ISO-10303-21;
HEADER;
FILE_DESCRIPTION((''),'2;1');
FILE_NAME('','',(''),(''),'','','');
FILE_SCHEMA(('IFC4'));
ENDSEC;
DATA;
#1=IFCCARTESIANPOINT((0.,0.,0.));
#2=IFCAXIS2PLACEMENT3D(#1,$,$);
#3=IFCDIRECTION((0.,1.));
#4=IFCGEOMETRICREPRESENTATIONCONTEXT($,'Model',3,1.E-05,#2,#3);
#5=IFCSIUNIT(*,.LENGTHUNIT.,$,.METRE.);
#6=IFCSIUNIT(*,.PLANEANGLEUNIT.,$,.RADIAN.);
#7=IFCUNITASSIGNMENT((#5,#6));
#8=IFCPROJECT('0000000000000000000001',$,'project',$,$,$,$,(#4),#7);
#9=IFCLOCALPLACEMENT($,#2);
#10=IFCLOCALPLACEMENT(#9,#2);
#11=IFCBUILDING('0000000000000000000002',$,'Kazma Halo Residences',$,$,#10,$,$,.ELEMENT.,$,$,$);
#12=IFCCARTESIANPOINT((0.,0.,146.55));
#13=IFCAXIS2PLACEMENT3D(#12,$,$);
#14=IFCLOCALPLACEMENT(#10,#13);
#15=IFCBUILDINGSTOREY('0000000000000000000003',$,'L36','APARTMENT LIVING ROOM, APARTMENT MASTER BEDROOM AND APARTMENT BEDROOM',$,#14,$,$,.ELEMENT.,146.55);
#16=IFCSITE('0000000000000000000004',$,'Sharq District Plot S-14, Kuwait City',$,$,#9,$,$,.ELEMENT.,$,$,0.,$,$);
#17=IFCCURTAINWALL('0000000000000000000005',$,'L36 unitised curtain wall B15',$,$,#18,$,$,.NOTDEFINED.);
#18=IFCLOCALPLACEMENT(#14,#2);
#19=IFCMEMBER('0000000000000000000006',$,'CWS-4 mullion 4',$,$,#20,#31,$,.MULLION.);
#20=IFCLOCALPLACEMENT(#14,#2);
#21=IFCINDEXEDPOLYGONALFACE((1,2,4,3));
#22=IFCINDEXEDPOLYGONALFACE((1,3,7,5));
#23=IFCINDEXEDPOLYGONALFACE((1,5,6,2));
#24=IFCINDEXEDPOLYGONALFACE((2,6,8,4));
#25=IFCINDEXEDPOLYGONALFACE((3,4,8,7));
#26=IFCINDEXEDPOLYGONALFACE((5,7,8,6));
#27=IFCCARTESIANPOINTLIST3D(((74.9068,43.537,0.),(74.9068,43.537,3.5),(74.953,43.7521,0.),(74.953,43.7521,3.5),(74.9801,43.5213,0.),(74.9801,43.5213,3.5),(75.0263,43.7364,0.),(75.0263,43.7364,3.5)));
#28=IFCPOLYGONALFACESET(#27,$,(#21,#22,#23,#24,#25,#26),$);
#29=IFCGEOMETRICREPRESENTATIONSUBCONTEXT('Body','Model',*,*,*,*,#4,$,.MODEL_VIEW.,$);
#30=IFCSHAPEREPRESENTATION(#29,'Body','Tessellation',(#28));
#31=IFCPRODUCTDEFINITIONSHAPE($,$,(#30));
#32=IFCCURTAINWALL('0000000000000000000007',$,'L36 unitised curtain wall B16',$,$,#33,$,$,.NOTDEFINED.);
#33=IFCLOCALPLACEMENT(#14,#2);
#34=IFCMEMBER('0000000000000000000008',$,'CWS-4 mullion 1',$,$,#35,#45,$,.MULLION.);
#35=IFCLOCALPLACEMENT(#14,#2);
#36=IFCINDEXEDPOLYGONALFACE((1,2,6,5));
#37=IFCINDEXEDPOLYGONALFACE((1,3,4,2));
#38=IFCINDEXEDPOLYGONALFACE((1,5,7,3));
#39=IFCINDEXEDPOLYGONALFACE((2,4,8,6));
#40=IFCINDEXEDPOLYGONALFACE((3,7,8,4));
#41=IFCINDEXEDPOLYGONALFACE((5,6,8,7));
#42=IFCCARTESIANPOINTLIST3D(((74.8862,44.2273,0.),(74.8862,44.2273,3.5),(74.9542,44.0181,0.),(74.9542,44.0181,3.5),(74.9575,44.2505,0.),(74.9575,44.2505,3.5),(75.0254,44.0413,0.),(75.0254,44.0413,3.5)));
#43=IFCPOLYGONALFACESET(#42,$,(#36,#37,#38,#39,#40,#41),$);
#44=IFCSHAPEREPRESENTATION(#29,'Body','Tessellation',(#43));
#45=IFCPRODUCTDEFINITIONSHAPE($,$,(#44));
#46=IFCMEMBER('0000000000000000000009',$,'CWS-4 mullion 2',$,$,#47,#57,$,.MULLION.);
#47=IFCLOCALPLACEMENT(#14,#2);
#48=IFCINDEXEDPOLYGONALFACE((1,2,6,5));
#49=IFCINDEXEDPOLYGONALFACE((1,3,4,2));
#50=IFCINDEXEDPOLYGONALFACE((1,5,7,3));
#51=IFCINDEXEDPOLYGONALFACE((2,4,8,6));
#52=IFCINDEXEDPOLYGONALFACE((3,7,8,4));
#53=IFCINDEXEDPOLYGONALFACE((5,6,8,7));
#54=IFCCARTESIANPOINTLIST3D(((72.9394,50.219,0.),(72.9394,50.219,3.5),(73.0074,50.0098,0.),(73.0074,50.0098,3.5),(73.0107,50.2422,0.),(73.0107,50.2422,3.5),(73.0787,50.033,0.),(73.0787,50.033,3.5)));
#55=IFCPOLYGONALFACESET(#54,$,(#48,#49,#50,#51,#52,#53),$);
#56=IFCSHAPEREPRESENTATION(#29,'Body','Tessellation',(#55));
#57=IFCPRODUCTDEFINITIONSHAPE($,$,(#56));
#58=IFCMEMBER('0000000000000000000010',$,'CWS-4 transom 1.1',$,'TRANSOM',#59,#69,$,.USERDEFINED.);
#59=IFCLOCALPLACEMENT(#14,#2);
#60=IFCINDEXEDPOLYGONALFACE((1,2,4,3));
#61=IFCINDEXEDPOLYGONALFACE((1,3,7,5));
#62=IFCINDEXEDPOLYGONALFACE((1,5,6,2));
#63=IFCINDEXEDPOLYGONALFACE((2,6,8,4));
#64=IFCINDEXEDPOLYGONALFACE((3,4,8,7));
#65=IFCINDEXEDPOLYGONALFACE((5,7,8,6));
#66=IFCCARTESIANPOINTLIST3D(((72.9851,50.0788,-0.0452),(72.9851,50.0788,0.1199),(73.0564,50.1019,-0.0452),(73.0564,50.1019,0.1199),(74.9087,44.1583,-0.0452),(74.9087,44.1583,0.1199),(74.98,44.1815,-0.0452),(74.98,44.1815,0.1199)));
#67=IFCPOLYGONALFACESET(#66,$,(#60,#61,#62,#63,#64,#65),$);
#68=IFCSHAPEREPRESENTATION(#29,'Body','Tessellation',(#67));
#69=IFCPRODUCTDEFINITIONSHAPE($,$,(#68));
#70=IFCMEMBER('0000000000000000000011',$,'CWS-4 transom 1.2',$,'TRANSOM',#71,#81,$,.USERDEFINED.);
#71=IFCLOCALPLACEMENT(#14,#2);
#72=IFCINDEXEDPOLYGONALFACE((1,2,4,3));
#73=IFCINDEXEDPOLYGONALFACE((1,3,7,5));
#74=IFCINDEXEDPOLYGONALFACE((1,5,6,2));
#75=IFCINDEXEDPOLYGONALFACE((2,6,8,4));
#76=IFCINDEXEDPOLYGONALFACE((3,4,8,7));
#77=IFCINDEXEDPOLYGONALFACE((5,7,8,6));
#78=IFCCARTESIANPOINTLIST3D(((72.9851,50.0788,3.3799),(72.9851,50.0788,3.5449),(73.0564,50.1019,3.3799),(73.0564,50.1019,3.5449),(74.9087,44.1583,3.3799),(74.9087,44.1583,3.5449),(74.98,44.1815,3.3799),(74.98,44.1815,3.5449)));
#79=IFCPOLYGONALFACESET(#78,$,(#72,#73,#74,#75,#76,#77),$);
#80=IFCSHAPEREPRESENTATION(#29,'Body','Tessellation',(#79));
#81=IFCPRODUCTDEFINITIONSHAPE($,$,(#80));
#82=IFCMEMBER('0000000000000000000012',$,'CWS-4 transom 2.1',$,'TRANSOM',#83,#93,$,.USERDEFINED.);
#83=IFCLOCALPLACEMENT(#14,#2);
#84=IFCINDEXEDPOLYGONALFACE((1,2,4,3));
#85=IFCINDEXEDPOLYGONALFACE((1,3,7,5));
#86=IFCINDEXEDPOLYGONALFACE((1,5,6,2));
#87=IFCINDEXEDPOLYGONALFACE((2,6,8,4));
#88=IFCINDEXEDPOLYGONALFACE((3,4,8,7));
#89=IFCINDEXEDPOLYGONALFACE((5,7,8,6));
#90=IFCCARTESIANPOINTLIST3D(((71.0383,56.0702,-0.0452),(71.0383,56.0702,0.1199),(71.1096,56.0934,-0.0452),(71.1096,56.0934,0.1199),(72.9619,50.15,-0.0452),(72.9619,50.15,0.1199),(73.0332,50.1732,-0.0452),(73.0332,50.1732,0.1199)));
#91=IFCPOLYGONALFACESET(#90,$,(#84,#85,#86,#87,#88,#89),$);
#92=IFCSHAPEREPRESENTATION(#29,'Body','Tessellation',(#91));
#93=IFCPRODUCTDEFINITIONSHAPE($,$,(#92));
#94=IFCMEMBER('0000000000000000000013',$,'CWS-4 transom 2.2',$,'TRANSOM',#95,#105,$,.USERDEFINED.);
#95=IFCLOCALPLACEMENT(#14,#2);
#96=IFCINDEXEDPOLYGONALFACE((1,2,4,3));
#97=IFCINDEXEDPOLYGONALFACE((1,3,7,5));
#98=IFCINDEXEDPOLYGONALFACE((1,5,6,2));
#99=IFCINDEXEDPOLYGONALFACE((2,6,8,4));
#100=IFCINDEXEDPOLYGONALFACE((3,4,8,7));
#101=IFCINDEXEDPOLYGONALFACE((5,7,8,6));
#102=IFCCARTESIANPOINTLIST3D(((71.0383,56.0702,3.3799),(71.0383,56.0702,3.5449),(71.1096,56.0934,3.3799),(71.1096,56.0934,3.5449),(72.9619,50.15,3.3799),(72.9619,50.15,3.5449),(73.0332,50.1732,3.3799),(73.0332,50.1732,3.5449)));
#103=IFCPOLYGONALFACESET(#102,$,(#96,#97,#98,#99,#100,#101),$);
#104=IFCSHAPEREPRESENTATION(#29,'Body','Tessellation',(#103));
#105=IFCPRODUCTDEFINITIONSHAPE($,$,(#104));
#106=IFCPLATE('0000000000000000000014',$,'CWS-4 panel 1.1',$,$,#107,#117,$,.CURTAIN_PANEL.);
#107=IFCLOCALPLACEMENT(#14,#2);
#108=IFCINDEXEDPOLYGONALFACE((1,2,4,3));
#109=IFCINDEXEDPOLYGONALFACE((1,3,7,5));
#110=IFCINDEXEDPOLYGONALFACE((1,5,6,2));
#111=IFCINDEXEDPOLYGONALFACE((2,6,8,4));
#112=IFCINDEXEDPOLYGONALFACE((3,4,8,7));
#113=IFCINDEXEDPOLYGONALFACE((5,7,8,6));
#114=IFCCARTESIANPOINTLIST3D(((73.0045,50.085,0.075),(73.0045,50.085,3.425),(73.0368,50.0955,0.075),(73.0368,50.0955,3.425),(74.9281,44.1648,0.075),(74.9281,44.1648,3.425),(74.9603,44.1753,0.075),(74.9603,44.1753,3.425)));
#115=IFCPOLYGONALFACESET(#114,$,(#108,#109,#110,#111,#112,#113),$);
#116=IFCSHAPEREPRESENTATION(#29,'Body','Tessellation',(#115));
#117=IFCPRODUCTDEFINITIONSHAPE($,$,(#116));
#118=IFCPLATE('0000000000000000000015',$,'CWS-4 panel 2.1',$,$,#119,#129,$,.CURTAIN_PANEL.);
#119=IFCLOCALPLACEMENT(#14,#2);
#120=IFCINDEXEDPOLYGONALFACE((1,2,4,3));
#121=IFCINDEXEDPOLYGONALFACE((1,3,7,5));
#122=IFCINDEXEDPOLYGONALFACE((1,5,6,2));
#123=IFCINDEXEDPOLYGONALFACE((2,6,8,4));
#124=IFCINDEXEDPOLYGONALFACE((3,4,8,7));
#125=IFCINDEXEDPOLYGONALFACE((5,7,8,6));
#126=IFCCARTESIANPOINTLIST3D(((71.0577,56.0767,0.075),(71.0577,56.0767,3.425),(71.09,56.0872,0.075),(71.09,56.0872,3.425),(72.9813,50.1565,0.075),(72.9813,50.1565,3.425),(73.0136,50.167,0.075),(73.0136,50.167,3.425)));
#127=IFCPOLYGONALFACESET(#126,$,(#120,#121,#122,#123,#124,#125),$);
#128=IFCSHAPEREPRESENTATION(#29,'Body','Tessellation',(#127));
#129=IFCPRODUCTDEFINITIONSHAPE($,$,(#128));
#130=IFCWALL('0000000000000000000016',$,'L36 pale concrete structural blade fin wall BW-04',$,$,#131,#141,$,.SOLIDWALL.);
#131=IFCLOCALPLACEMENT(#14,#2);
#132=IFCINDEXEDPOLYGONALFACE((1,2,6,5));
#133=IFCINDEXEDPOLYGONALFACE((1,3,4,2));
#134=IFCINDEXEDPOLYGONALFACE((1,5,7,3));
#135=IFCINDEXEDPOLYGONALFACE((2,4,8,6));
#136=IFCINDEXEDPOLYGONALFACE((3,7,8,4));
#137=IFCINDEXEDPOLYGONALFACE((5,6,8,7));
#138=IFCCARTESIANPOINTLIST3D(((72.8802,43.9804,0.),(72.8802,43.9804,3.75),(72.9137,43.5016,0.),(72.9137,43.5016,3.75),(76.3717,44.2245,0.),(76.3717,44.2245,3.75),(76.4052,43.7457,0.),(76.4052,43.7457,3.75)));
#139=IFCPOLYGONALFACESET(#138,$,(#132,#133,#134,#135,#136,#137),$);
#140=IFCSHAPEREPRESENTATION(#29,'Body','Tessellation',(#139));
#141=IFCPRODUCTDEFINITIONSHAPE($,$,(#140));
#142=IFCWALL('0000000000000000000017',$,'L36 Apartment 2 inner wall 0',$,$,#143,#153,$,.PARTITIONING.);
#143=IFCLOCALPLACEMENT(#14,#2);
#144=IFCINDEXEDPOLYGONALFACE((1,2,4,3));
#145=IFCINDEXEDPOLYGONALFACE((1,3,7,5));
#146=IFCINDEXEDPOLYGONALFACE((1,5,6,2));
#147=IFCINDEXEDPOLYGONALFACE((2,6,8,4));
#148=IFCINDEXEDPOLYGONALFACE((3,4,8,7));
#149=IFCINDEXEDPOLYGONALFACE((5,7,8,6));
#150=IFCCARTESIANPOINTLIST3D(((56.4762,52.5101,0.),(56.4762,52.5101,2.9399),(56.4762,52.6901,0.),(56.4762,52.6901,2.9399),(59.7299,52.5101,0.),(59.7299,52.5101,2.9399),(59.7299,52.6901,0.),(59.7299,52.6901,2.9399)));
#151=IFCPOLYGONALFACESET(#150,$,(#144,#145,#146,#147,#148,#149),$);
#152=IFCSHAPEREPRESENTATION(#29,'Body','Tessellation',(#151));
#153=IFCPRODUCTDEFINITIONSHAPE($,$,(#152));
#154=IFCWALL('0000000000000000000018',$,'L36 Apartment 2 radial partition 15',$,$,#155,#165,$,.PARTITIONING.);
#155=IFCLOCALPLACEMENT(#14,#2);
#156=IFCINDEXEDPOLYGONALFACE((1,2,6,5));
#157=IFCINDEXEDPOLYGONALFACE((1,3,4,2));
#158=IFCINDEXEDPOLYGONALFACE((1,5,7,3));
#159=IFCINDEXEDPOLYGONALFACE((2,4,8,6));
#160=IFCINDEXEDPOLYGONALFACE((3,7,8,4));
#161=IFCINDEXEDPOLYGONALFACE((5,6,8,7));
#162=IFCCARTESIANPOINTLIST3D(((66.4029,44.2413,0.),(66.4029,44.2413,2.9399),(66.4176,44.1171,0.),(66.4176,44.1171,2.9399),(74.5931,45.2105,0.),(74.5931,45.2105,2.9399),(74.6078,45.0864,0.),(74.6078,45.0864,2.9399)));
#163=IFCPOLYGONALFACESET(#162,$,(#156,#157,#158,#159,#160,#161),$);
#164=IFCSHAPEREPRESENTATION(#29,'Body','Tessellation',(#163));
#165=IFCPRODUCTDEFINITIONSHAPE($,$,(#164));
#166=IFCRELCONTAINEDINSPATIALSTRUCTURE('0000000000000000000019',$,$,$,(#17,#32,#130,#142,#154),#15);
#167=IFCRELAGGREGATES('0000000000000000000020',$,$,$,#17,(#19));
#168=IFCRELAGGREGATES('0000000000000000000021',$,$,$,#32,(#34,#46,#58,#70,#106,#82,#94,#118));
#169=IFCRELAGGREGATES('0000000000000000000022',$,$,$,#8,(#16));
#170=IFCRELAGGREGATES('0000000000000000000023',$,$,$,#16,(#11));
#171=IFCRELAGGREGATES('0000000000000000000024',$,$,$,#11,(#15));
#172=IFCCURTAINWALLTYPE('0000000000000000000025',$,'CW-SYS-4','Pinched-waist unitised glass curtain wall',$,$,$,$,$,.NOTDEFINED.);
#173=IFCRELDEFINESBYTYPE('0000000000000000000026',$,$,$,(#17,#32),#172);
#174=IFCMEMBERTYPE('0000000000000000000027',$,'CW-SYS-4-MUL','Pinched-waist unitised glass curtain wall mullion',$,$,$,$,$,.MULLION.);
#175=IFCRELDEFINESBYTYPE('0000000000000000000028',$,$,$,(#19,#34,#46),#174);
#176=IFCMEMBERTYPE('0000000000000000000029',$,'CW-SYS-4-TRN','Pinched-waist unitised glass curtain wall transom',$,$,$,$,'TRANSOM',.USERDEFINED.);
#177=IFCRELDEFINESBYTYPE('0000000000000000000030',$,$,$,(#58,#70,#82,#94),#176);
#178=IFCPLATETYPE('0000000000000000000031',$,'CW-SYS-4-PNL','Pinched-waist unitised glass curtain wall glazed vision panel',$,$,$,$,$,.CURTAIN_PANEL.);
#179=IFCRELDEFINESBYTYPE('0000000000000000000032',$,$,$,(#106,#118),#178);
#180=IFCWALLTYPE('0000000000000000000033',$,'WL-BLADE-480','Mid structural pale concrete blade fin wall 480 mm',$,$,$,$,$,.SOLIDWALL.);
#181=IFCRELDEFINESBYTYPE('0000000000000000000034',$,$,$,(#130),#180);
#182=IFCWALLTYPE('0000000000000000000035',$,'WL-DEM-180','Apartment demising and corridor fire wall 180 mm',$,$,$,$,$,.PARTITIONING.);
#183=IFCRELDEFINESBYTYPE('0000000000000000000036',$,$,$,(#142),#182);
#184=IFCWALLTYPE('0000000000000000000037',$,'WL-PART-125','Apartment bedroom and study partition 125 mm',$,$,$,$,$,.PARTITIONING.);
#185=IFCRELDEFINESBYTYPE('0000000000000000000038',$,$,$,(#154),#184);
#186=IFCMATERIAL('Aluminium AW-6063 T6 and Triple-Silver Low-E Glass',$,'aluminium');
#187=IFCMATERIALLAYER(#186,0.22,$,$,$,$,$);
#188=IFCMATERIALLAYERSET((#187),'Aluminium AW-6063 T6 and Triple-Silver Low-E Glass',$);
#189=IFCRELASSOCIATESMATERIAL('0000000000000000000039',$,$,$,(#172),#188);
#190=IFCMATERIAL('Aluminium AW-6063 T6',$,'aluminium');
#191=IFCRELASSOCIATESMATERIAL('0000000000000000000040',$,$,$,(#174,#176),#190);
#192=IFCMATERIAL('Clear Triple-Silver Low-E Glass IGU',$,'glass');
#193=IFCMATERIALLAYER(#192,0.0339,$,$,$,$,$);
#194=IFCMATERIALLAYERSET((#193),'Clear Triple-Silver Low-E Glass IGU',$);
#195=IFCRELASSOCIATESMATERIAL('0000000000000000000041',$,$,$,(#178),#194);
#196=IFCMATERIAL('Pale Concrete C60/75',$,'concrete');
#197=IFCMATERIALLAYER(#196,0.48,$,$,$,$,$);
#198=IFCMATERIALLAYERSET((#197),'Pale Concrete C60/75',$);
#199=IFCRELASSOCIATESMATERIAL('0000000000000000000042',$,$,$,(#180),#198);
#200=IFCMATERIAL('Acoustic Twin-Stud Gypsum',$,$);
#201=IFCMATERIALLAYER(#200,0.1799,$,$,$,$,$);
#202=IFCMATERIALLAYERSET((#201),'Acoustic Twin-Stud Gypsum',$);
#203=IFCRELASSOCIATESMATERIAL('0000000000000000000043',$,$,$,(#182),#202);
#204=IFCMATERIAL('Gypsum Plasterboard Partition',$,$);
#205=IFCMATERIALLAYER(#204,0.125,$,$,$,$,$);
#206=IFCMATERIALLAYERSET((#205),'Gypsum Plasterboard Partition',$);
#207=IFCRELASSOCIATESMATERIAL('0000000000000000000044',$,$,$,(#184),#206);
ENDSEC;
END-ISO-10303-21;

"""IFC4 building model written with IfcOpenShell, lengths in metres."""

from ifc_helpers import new_model, si_unit, direction, frame, frame_2d, origin, origin_2d, place, context, subcontext, project, spatial, rectangle, extrude, material, layer, layer_set, material_profile, profile_set, type_object, element, aggregate, save


model = new_model("IFC4")

# Units and contexts
model_context = context("Model", 3, precision=1e-05, world=origin(), true_north=direction((0.0, 1.0)))
body_context = subcontext(model_context, "Body", "Model", "MODEL_VIEW")
ifc_project = project(units=[si_unit("LENGTHUNIT", "METRE"), si_unit("PLANEANGLEUNIT", "RADIAN")], contexts=[model_context])

# Site, building, storey
site_placement = place(None, origin())
site = spatial("IfcSite", under=ifc_project, at=site_placement, Name="Sharq District Plot S-14, Kuwait City", CompositionType="ELEMENT", RefElevation=0.0)
building_placement = place(site_placement, origin())
building = spatial("IfcBuilding", under=site, at=building_placement, Name="Kazma Halo Residences", CompositionType="ELEMENT")
storey_placement = place(building_placement, frame((0.0, 0.0, 146.55)))
storey = spatial("IfcBuildingStorey", under=building, at=storey_placement, Name="L36", Description="APARTMENT LIVING ROOM, APARTMENT MASTER BEDROOM AND APARTMENT BEDROOM", CompositionType="ELEMENT", Elevation=146.55)

# Curtain wall, member
ifc_material_1 = material(Name="Aluminium AW-6063 T6 and Triple-Silver Low-E Glass", Category="aluminium")
ifc_layer_1 = layer(ifc_material_1, 0.22)
ifc_layer_set_1 = layer_set([ifc_layer_1], Name="Aluminium AW-6063 T6 and Triple-Silver Low-E Glass")
curtain_wall_type = type_object("IfcCurtainWallType", Name="CW-SYS-4", Description="Pinched-waist unitised glass curtain wall", PredefinedType="NOTDEFINED", material=ifc_layer_set_1)
curtain_wall_1_placement = place(storey_placement, origin())
curtain_wall_1 = element("IfcCurtainWall", 1, at=curtain_wall_1_placement, inside=storey, type_object=curtain_wall_type, Name="L36 unitised curtain wall B15", PredefinedType="NOTDEFINED")
ifc_material_2 = material(Name="Aluminium AW-6063 T6", Category="aluminium")
ifc_material_profile_1 = material_profile(ifc_material_2, rectangle(XDim=0.075, YDim=0.22, at=origin_2d()), Name="CWM-75x220")
ifc_profile_set_1 = profile_set([ifc_material_profile_1], Name="Aluminium AW-6063 T6")
member_type_1 = type_object("IfcMemberType", Name="CW-SYS-4-MUL", Description="Pinched-waist unitised glass curtain wall mullion", PredefinedType="MULLION", material=ifc_profile_set_1)
member_1_placement = place(storey_placement, frame((74.9666, 43.6367, 0.0), z_axis=(0.0, 0.0, 1.0), x_axis=(-0.977765, 0.209704, 0.0)))
member_1 = element("IfcMember", 2, at=member_1_placement, type_object=member_type_1, Name="CWS-4 mullion 4", PredefinedType="MULLION", context=body_context, shape_type="SweptSolid", body=[
    extrude(rectangle(XDim=0.075, YDim=0.22, at=origin_2d()), origin(), (0.0, 0.0, 1.0), 3.5),
])
aggregate(curtain_wall_1, [member_1])

# Curtain wall, members, plates
curtain_wall_2_placement = place(storey_placement, origin())
curtain_wall_2 = element("IfcCurtainWall", 3, at=curtain_wall_2_placement, inside=storey, type_object=curtain_wall_type, Name="L36 unitised curtain wall B16", PredefinedType="NOTDEFINED")
member_2_placement = place(storey_placement, frame((74.9558, 44.1343, 0.0), z_axis=(0.0, 0.0, 1.0), x_axis=(-0.951058, -0.309014, 0.0)))
member_2 = element("IfcMember", 4, at=member_2_placement, type_object=member_type_1, Name="CWS-4 mullion 1", PredefinedType="MULLION", context=body_context, shape_type="SweptSolid", body=[
    extrude(rectangle(XDim=0.075, YDim=0.22, at=origin_2d()), origin(), (0.0, 0.0, 1.0), 3.5),
])
member_3_placement = place(storey_placement, frame((73.009, 50.126, 0.0), z_axis=(0.0, 0.0, 1.0), x_axis=(-0.951058, -0.309014, 0.0)))
member_3 = element("IfcMember", 5, at=member_3_placement, type_object=member_type_1, Name="CWS-4 mullion 2", PredefinedType="MULLION", context=body_context, shape_type="SweptSolid", body=[
    extrude(rectangle(XDim=0.075, YDim=0.22, at=origin_2d()), origin(), (0.0, 0.0, 1.0), 3.5),
])
ifc_material_profile_2 = material_profile(ifc_material_2, rectangle(XDim=0.075, YDim=0.165, at=origin_2d()), Name="CWT-75x165")
ifc_profile_set_2 = profile_set([ifc_material_profile_2], Name="Aluminium AW-6063 T6")
member_type_2 = type_object("IfcMemberType", Name="CW-SYS-4-TRN", Description="Pinched-waist unitised glass curtain wall transom", ElementType="TRANSOM", PredefinedType="USERDEFINED", material=ifc_profile_set_2)
member_4_placement = place(storey_placement, frame((74.9443, 44.1699, 0.0374), z_axis=(-0.309006, 0.95106, 0.0), x_axis=(-0.95106, -0.309006, 0.0)))
member_4 = element("IfcMember", 6, at=member_4_placement, type_object=member_type_2, Name="CWS-4 transom 1.1", ObjectType="TRANSOM", PredefinedType="USERDEFINED", context=body_context, shape_type="SweptSolid", body=[
    extrude(rectangle(XDim=0.075, YDim=0.165, at=origin_2d()), origin(), (0.0, 0.0, 1.0), 6.2251),
])
member_5_placement = place(storey_placement, frame((74.9443, 44.1699, 3.4624), z_axis=(-0.309006, 0.95106, 0.0), x_axis=(-0.95106, -0.309006, 0.0)))
member_5 = element("IfcMember", 7, at=member_5_placement, type_object=member_type_2, Name="CWS-4 transom 1.2", ObjectType="TRANSOM", PredefinedType="USERDEFINED", context=body_context, shape_type="SweptSolid", body=[
    extrude(rectangle(XDim=0.075, YDim=0.165, at=origin_2d()), origin(), (0.0, 0.0, 1.0), 6.2251),
])
member_6_placement = place(storey_placement, frame((72.9976, 50.1616, 0.0374), z_axis=(-0.309018, 0.951056, 0.0), x_axis=(-0.951056, -0.309018, 0.0)))
member_6 = element("IfcMember", 8, at=member_6_placement, type_object=member_type_2, Name="CWS-4 transom 2.1", ObjectType="TRANSOM", PredefinedType="USERDEFINED", context=body_context, shape_type="SweptSolid", body=[
    extrude(rectangle(XDim=0.075, YDim=0.165, at=origin_2d()), origin(), (0.0, 0.0, 1.0), 6.2249),
])
member_7_placement = place(storey_placement, frame((72.9976, 50.1616, 3.4624), z_axis=(-0.309018, 0.951056, 0.0), x_axis=(-0.951056, -0.309018, 0.0)))
member_7 = element("IfcMember", 9, at=member_7_placement, type_object=member_type_2, Name="CWS-4 transom 2.2", ObjectType="TRANSOM", PredefinedType="USERDEFINED", context=body_context, shape_type="SweptSolid", body=[
    extrude(rectangle(XDim=0.075, YDim=0.165, at=origin_2d()), origin(), (0.0, 0.0, 1.0), 6.2249),
])
ifc_material_3 = material(Name="Clear Triple-Silver Low-E Glass IGU", Category="glass")
ifc_layer_2 = layer(ifc_material_3, 0.0339)
ifc_layer_set_2 = layer_set([ifc_layer_2], Name="Clear Triple-Silver Low-E Glass IGU")
plate_type = type_object("IfcPlateType", Name="CW-SYS-4-PNL", Description="Pinched-waist unitised glass curtain wall glazed vision panel", PredefinedType="CURTAIN_PANEL", material=ifc_layer_set_2)
plate_1_placement = place(storey_placement, frame((73.9824, 47.1301, 0.075), z_axis=(0.0, 0.0, 1.0), x_axis=(-0.309014, 0.951058, 0.0)))
plate_1 = element("IfcPlate", 10, at=plate_1_placement, type_object=plate_type, Name="CWS-4 panel 1.1", PredefinedType="CURTAIN_PANEL", context=body_context, shape_type="SweptSolid", body=[
    extrude(rectangle(XDim=6.2249, YDim=0.0339, at=origin_2d()), origin(), (0.0, 0.0, 1.0), 3.3501),
])
plate_2_placement = place(storey_placement, frame((72.0356, 53.1218, 0.075), z_axis=(0.0, 0.0, 1.0), x_axis=(-0.309014, 0.951058, 0.0)))
plate_2 = element("IfcPlate", 11, at=plate_2_placement, type_object=plate_type, Name="CWS-4 panel 2.1", PredefinedType="CURTAIN_PANEL", context=body_context, shape_type="SweptSolid", body=[
    extrude(rectangle(XDim=6.2249, YDim=0.0339, at=origin_2d()), origin(), (0.0, 0.0, 1.0), 3.3501),
])
aggregate(curtain_wall_2, [member_2, member_3, member_4, member_5, plate_1, member_6, member_7, plate_2])

# Walls
ifc_material_4 = material(Name="Pale Concrete C60/75", Category="concrete")
ifc_layer_3 = layer(ifc_material_4, 0.48)
ifc_layer_set_3 = layer_set([ifc_layer_3], Name="Pale Concrete C60/75")
wall_type_1 = type_object("IfcWallType", Name="WL-BLADE-480", Description="Mid structural pale concrete blade fin wall 480 mm", PredefinedType="SOLIDWALL", material=ifc_layer_set_3)
wall_1_placement = place(storey_placement, frame((72.897, 43.741, 0.0), z_axis=(0.0, 0.0, 1.0), x_axis=(0.997564, 0.069755, 0.0)))
element("IfcWall", 12, at=wall_1_placement, inside=storey, type_object=wall_type_1, Name="L36 pale concrete structural blade fin wall BW-04", PredefinedType="SOLIDWALL", context=body_context, shape_type="SweptSolid", body=[
    extrude(rectangle(XDim=3.5, YDim=0.48, at=frame_2d((1.75, 0.0))), origin(), (0.0, 0.0, 1.0), 3.75),
])
ifc_material_5 = material(Name="Acoustic Twin-Stud Gypsum")
ifc_layer_4 = layer(ifc_material_5, 0.1799)
ifc_layer_set_4 = layer_set([ifc_layer_4], Name="Acoustic Twin-Stud Gypsum")
wall_type_2 = type_object("IfcWallType", Name="WL-DEM-180", Description="Apartment demising and corridor fire wall 180 mm", PredefinedType="PARTITIONING", material=ifc_layer_set_4)
wall_2_placement = place(storey_placement, frame((59.73, 52.6001, 0.0), z_axis=(0.0, 0.0, 1.0), x_axis=(-1.0, 0.0, 0.0)))
element("IfcWall", 13, at=wall_2_placement, inside=storey, type_object=wall_type_2, Name="L36 Apartment 2 inner wall 0", PredefinedType="PARTITIONING", context=body_context, shape_type="SweptSolid", body=[
    extrude(rectangle(XDim=3.2537, YDim=0.1799, at=frame_2d((1.627, 0.0))), origin(), (0.0, 0.0, 1.0), 2.9399),
])
ifc_material_6 = material(Name="Gypsum Plasterboard Partition")
ifc_layer_5 = layer(ifc_material_6, 0.125)
ifc_layer_set_5 = layer_set([ifc_layer_5], Name="Gypsum Plasterboard Partition")
wall_type_3 = type_object("IfcWallType", Name="WL-PART-125", Description="Apartment bedroom and study partition 125 mm", PredefinedType="PARTITIONING", material=ifc_layer_set_5)
wall_3_placement = place(storey_placement, frame((66.4104, 44.1792, 0.0), z_axis=(0.0, 0.0, 1.0), x_axis=(0.99307, 0.117521, 0.0)))
element("IfcWall", 14, at=wall_3_placement, inside=storey, type_object=wall_type_3, Name="L36 Apartment 2 radial partition 15", PredefinedType="PARTITIONING", context=body_context, shape_type="SweptSolid", body=[
    extrude(rectangle(XDim=8.2473, YDim=0.125, at=frame_2d((4.1235, 0.0))), origin(), (0.0, 0.0, 1.0), 2.9399),
])

save(model, "model.ifc")
